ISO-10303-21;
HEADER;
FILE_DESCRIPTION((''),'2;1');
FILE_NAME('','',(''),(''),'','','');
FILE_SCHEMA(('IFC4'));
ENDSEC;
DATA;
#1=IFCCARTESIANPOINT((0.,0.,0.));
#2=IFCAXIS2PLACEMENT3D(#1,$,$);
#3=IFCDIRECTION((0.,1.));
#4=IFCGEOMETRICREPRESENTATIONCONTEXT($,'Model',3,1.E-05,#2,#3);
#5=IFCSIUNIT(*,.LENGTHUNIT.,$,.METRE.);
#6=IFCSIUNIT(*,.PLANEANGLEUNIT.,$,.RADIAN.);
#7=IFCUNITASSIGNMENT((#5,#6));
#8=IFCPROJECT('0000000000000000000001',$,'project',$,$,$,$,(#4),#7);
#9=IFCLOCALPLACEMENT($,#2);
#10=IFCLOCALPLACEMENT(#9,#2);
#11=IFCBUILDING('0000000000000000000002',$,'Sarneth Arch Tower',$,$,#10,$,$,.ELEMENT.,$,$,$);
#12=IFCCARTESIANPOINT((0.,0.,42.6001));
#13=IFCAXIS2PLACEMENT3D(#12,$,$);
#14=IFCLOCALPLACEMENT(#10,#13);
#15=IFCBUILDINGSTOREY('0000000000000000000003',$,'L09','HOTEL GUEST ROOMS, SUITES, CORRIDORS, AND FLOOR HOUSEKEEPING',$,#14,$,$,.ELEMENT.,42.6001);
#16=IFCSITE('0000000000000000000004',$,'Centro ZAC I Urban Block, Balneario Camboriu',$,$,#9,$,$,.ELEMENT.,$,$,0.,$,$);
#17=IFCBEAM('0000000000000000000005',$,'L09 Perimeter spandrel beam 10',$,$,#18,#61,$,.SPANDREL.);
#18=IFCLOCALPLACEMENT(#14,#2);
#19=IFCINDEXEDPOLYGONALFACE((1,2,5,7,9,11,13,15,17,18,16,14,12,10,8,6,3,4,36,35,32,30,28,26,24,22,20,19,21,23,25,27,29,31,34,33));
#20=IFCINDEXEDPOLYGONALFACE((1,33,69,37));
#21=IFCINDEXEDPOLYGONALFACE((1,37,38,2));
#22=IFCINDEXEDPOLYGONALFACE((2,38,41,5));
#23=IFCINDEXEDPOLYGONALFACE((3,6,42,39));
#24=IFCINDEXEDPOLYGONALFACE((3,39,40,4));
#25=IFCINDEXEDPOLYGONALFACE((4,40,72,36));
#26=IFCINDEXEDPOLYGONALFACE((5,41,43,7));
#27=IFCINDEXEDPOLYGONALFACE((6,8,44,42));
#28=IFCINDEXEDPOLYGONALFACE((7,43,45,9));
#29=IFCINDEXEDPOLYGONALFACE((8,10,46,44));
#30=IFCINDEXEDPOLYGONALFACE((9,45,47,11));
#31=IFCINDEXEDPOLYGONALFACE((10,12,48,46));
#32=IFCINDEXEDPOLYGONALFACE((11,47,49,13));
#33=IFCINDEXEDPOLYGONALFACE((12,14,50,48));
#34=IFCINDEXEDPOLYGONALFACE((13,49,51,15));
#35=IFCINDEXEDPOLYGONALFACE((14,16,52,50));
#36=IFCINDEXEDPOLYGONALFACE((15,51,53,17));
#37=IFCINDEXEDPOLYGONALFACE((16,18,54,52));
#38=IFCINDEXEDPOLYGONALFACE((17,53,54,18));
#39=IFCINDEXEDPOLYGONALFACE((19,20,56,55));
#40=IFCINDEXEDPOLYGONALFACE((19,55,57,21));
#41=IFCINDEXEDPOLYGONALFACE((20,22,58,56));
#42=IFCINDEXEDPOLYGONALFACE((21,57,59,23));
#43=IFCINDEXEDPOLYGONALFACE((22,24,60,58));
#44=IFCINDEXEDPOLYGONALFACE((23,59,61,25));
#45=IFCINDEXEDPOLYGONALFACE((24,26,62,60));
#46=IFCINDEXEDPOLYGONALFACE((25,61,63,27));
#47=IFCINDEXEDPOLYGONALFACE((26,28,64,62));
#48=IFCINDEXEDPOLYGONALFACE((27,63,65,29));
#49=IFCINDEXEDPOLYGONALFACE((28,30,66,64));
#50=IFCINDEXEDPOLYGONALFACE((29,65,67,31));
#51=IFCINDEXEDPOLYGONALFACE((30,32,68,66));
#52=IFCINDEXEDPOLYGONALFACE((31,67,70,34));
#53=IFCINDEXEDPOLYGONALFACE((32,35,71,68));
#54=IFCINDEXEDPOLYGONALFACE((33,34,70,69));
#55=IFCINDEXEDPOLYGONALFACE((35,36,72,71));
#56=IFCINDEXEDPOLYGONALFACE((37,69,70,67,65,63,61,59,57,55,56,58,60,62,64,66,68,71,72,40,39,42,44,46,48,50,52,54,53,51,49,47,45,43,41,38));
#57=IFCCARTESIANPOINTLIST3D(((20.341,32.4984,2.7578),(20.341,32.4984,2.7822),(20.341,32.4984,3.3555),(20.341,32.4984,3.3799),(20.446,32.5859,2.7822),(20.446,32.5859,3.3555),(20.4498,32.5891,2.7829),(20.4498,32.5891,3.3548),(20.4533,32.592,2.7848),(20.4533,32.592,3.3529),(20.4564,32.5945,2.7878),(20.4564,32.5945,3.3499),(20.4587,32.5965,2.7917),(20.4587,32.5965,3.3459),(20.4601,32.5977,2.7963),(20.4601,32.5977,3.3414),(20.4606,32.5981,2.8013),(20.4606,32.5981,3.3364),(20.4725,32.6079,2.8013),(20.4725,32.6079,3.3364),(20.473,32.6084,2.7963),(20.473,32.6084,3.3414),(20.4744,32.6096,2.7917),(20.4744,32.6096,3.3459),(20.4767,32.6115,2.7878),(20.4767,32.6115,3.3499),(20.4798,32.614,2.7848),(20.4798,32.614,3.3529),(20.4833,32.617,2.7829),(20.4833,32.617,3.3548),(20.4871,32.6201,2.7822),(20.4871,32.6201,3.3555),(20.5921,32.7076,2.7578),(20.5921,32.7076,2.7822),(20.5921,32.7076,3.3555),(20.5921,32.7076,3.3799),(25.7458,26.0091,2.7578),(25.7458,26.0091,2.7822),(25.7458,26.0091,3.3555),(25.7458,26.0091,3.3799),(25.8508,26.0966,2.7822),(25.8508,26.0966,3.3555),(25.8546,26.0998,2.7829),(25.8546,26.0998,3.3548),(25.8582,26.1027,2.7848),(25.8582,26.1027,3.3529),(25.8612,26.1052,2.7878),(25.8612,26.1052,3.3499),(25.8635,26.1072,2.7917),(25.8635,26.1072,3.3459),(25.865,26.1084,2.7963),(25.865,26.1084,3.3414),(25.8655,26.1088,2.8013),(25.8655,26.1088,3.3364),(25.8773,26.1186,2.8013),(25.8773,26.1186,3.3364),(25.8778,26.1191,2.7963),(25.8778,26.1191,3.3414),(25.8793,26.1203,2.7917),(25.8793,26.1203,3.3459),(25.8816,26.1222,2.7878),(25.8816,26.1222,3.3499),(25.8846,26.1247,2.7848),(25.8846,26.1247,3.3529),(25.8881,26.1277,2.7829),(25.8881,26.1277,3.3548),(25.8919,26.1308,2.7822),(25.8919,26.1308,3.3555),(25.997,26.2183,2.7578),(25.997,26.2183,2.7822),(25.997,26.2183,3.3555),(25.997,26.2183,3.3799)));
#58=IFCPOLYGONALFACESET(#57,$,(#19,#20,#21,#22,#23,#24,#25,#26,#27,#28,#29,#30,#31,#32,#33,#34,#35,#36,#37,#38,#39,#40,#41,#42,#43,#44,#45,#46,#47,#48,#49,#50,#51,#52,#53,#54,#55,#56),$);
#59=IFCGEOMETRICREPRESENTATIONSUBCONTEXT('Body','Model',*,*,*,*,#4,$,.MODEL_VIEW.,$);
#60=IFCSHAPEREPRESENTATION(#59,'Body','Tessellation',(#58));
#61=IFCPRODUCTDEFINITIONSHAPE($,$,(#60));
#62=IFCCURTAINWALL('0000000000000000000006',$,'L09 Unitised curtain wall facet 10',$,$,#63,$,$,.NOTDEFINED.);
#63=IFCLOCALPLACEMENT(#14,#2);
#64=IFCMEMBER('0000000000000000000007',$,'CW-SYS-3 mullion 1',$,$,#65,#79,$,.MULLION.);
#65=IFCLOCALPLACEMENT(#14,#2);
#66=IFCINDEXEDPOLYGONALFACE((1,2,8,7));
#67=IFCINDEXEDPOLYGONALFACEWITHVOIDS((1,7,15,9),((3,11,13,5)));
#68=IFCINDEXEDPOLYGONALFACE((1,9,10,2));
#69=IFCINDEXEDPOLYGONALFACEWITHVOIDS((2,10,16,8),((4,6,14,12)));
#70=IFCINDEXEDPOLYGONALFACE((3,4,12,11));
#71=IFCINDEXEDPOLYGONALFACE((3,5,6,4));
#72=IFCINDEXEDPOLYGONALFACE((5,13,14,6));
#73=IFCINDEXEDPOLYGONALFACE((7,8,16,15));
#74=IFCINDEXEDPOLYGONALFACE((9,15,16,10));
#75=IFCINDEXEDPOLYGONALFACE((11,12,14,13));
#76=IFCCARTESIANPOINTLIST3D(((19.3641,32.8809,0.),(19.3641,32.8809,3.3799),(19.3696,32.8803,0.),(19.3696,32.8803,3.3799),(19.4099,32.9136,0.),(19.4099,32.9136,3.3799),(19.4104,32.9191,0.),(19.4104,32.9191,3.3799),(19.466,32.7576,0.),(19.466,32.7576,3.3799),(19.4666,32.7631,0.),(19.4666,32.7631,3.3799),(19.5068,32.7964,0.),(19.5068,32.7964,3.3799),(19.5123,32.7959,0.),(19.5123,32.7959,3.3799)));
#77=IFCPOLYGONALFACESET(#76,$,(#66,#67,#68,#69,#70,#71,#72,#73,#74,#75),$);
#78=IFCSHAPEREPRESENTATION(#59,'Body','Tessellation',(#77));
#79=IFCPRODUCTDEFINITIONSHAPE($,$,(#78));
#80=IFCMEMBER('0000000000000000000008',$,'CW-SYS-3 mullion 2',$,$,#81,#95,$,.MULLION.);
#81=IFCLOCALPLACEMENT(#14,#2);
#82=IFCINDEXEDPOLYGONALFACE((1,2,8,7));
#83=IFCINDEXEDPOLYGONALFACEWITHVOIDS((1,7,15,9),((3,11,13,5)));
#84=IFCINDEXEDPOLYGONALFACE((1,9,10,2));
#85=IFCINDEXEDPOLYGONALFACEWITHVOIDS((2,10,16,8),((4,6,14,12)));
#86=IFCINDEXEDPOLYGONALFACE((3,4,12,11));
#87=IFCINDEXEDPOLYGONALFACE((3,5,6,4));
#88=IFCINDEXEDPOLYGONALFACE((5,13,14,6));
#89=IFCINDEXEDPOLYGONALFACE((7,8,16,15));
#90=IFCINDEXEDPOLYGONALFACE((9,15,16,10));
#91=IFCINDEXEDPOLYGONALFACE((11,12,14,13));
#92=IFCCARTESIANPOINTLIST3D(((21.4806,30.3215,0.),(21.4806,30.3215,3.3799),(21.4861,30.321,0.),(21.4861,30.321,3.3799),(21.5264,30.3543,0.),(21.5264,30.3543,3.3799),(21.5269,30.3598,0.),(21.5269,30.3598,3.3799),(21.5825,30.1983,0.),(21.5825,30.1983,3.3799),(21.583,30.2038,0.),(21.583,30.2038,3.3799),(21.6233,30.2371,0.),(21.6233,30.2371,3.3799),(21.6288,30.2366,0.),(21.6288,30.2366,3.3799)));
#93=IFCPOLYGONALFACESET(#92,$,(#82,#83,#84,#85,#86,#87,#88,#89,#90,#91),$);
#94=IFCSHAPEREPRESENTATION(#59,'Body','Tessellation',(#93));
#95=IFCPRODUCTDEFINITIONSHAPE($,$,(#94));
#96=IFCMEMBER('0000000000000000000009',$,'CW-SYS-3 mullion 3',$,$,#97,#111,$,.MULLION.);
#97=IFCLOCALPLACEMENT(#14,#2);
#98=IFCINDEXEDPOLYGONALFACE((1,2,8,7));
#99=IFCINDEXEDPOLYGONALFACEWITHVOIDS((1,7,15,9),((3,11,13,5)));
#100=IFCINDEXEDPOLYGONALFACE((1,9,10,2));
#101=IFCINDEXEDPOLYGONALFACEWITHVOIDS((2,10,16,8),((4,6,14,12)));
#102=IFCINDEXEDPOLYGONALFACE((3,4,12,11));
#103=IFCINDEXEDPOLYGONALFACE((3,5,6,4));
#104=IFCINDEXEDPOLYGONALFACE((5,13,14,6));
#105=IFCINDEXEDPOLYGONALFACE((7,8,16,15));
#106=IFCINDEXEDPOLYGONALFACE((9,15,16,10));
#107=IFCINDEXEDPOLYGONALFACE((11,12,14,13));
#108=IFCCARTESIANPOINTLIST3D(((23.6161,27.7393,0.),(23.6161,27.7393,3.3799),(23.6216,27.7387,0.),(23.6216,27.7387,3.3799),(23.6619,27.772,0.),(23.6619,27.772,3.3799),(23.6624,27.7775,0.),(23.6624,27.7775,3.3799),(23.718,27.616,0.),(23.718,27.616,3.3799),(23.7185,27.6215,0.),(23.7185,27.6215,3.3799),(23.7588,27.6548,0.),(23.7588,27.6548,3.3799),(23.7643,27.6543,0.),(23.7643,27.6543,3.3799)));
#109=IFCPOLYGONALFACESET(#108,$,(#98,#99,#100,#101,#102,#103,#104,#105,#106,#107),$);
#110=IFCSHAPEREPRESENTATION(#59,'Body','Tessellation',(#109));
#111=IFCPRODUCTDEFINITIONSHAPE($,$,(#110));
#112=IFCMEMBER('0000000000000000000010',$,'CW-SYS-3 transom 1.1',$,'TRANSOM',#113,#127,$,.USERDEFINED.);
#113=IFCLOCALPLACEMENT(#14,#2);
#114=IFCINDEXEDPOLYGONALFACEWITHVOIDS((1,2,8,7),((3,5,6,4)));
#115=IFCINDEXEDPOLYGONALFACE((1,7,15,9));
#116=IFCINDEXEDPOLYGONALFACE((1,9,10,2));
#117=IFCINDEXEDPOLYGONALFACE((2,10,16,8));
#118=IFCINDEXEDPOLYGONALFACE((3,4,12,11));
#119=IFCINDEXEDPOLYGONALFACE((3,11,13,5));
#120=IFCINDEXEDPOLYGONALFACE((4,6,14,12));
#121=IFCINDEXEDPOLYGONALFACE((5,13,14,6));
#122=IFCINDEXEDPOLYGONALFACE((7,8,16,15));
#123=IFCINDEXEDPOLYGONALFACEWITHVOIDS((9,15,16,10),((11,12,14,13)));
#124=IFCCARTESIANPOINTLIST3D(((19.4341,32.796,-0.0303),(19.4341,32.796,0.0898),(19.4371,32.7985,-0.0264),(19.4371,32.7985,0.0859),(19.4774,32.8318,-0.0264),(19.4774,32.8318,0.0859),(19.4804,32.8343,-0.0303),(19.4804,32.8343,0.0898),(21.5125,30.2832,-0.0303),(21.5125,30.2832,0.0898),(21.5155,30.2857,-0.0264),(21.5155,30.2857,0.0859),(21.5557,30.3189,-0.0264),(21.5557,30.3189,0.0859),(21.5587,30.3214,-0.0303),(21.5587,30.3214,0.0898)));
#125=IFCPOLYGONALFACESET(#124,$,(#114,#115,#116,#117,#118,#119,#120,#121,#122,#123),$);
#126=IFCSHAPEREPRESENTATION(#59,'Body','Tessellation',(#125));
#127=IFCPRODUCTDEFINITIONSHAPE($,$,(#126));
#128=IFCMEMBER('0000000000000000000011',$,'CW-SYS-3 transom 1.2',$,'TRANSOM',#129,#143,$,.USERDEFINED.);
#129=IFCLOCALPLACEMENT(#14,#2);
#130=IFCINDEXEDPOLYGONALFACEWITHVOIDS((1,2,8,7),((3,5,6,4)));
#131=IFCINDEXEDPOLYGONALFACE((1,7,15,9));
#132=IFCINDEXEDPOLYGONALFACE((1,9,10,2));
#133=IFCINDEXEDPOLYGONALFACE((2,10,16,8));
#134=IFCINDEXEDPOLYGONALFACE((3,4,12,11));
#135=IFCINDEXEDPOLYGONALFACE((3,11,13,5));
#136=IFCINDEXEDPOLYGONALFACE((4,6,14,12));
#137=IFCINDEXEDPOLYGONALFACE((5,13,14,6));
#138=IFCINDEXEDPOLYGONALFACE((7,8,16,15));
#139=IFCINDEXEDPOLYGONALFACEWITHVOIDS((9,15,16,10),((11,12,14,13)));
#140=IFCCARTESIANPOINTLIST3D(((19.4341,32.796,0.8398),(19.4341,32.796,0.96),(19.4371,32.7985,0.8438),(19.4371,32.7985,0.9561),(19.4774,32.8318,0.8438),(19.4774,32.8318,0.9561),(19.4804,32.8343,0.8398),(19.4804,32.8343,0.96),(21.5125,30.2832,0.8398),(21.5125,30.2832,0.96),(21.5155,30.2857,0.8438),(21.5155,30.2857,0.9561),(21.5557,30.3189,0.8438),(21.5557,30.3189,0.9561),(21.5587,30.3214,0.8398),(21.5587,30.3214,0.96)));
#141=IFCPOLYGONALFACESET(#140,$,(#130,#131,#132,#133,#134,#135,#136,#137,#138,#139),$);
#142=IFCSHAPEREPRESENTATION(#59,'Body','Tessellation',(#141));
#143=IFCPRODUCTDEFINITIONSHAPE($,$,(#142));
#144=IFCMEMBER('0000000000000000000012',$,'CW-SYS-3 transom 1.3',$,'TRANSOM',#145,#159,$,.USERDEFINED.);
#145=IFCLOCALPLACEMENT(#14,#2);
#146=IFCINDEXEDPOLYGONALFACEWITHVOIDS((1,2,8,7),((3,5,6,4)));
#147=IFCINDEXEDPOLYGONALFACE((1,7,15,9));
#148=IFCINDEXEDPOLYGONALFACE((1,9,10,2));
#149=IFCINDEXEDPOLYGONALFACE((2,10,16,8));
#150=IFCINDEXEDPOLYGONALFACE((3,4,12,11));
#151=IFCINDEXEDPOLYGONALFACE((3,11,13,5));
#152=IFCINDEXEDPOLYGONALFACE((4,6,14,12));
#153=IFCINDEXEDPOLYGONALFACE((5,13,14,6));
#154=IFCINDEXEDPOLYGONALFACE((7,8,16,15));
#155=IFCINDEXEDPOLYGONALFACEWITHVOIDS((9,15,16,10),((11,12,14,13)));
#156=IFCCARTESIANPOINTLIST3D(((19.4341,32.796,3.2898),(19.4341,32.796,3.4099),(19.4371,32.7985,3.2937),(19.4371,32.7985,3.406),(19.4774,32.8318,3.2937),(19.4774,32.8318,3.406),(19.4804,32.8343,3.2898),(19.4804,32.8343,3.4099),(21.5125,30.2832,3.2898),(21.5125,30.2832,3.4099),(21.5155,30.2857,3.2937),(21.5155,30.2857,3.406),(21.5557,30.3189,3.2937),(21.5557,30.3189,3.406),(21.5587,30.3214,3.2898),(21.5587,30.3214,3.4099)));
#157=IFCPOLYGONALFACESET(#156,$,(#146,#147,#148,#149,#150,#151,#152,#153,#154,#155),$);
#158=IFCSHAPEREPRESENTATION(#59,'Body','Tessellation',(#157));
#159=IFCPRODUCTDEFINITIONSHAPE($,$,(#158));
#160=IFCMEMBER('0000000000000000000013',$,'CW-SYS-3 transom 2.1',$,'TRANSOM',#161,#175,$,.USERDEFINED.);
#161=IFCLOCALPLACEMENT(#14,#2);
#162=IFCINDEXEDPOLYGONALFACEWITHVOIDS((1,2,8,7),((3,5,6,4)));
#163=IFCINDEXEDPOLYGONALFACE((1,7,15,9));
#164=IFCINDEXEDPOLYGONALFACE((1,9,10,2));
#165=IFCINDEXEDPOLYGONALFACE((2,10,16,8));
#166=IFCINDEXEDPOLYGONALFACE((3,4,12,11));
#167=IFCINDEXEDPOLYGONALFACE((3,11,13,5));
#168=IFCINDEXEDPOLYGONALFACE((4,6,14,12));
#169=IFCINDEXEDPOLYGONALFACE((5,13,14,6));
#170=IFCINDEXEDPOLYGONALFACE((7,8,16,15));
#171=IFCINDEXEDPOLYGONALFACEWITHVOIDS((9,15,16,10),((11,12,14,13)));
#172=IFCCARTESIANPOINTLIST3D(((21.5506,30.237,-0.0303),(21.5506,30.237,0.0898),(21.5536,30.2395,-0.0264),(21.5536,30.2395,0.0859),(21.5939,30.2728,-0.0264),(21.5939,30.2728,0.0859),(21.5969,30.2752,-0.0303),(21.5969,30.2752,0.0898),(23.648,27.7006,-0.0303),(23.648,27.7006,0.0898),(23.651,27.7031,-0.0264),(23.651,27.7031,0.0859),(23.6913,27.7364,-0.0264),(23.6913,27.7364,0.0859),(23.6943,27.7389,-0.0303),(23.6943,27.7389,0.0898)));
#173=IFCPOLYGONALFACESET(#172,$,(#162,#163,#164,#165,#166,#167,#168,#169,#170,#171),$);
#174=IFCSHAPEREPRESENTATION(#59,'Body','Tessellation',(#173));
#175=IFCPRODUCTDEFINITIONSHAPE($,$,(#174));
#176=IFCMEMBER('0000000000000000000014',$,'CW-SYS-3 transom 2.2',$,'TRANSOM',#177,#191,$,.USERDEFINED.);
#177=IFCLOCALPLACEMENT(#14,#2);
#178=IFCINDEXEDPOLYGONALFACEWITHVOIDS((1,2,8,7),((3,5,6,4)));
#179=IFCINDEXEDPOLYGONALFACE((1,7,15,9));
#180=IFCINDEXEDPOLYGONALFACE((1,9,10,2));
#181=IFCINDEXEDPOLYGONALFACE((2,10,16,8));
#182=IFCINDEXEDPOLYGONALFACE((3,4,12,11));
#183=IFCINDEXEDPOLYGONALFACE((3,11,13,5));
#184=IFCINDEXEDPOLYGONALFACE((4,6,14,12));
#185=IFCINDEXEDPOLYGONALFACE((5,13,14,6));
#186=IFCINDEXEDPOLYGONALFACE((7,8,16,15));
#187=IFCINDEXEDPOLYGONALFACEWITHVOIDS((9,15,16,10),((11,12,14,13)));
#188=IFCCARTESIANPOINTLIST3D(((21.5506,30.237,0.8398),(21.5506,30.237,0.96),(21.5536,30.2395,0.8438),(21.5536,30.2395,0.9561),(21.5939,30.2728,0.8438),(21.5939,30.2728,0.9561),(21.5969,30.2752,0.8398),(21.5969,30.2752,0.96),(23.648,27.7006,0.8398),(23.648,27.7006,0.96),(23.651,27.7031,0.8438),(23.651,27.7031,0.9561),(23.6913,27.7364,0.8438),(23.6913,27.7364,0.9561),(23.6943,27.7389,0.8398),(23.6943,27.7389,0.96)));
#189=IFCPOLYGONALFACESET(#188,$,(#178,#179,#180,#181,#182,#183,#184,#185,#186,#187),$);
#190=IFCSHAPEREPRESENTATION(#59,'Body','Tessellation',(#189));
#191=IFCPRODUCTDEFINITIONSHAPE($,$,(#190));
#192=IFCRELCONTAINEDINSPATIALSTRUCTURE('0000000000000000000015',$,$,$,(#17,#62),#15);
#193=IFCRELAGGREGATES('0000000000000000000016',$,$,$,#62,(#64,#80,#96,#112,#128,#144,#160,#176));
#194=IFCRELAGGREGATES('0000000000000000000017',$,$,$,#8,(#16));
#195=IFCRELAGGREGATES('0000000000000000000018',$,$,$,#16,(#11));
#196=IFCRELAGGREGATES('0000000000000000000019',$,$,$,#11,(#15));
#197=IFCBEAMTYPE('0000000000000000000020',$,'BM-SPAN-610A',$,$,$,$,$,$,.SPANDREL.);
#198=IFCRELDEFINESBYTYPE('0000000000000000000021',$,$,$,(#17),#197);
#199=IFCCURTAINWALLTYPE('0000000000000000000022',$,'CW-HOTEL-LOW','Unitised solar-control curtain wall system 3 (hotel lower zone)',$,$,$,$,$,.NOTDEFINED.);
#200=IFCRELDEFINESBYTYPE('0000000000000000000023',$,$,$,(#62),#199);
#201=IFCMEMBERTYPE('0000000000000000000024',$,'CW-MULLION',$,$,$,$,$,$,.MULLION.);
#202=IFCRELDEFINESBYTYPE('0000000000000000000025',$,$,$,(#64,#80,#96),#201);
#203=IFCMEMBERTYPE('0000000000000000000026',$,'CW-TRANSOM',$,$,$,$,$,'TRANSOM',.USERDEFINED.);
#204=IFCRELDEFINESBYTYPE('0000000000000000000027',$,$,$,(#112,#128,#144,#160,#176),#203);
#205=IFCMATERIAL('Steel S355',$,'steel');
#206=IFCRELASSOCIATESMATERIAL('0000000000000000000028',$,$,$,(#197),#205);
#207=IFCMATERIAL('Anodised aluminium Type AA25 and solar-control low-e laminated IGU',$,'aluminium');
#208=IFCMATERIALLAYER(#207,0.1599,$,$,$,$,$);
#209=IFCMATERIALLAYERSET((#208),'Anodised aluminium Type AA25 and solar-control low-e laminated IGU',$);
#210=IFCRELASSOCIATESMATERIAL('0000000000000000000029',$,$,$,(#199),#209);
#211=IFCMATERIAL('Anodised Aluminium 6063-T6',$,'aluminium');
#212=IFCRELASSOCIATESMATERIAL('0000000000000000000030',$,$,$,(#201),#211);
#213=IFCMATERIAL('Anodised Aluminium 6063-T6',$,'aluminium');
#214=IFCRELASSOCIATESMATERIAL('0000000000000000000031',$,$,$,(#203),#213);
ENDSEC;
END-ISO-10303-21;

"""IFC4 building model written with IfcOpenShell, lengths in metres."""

from ifc_helpers import new_model, si_unit, direction, frame, origin, origin_2d, place, context, subcontext, project, spatial, hollow_rectangle, i_section, extrude, material, layer, layer_set, material_profile, profile_set, type_object, element, aggregate, save


model = new_model("IFC4")

# Units and contexts
model_context = context("Model", 3, precision=1e-05, world=origin(), true_north=direction((0.0, 1.0)))
body_context = subcontext(model_context, "Body", "Model", "MODEL_VIEW")
ifc_project = project(units=[si_unit("LENGTHUNIT", "METRE"), si_unit("PLANEANGLEUNIT", "RADIAN")], contexts=[model_context])

# Site, building, storey
site_placement = place(None, origin())
site = spatial("IfcSite", under=ifc_project, at=site_placement, Name="Centro ZAC I Urban Block, Balneario Camboriu", CompositionType="ELEMENT", RefElevation=0.0)
building_placement = place(site_placement, origin())
building = spatial("IfcBuilding", under=site, at=building_placement, Name="Sarneth Arch Tower", CompositionType="ELEMENT")
storey_placement = place(building_placement, frame((0.0, 0.0, 42.6001)))
storey = spatial("IfcBuildingStorey", under=building, at=storey_placement, Name="L09", Description="HOTEL GUEST ROOMS, SUITES, CORRIDORS, AND FLOOR HOUSEKEEPING", CompositionType="ELEMENT", Elevation=42.6001)

# Beam
ifc_material_1 = material(Name="Steel S355", Category="steel")
ifc_material_profile_1 = material_profile(ifc_material_1, i_section(OverallWidth=0.3269, OverallDepth=0.6221, WebThickness=0.0154, FlangeThickness=0.0244, FilletRadius=0.019, at=origin_2d()), Name="W610x195")
ifc_profile_set_1 = profile_set([ifc_material_profile_1], Name="Steel S355")
beam_type_1 = type_object("IfcBeamType", Name="BM-SPAN-610A", PredefinedType="SPANDREL", material=ifc_profile_set_1)
beam_1_placement = place(storey_placement, frame((20.4666, 32.603, 3.0688), z_axis=(0.63998, -0.768392, 0.0), x_axis=(0.768392, 0.63998, 0.0)))
element("IfcBeam", 1, at=beam_1_placement, inside=storey, type_object=beam_type_1, Name="L09 Perimeter spandrel beam 10", PredefinedType="SPANDREL", context=body_context, shape_type="SweptSolid", body=[
    extrude(i_section(OverallWidth=0.3269, OverallDepth=0.6221, WebThickness=0.0154, FlangeThickness=0.0244, FilletRadius=0.019, at=origin_2d()), origin(), (0.0, 0.0, 1.0), 8.4453),
])

# Curtain wall, members
ifc_material_2 = material(Name="Anodised aluminium Type AA25 and solar-control low-e laminated IGU", Category="aluminium")
ifc_layer_1 = layer(ifc_material_2, 0.1599)
ifc_layer_set_1 = layer_set([ifc_layer_1], Name="Anodised aluminium Type AA25 and solar-control low-e laminated IGU")
curtain_wall_type = type_object("IfcCurtainWallType", Name="CW-HOTEL-LOW", Description="Unitised solar-control curtain wall system 3 (hotel lower zone)", PredefinedType="NOTDEFINED", material=ifc_layer_set_1)
curtain_wall_placement = place(storey_placement, origin())
curtain_wall = element("IfcCurtainWall", 2, at=curtain_wall_placement, inside=storey, type_object=curtain_wall_type, Name="L09 Unitised curtain wall facet 10", PredefinedType="NOTDEFINED")
ifc_material_3 = material(Name="Anodised Aluminium 6063-T6", Category="aluminium")
ifc_material_profile_2 = material_profile(ifc_material_3, hollow_rectangle(XDim=0.0601, YDim=0.1599, WallThickness=0.0039, at=origin_2d()), Name="AL-MULL-160x60x4")
ifc_profile_set_2 = profile_set([ifc_material_profile_2], Name="Anodised Aluminium 6063-T6")
member_type_1 = type_object("IfcMemberType", Name="CW-MULLION", PredefinedType="MULLION", material=ifc_profile_set_2)
member_1_placement = place(storey_placement, frame((19.4382, 32.8384, 0.0), z_axis=(0.0, 0.0, 1.0), x_axis=(0.770623, 0.637291, 0.0)))
member_1 = element("IfcMember", 3, at=member_1_placement, type_object=member_type_1, Name="CW-SYS-3 mullion 1", PredefinedType="MULLION", context=body_context, shape_type="SweptSolid", body=[
    extrude(hollow_rectangle(XDim=0.0601, YDim=0.1599, WallThickness=0.0039, at=origin_2d()), origin(), (0.0, 0.0, 1.0), 3.3799),
])
member_2_placement = place(storey_placement, frame((21.5547, 30.2791, 0.0), z_axis=(0.0, 0.0, 1.0), x_axis=(0.770623, 0.637291, 0.0)))
member_2 = element("IfcMember", 4, at=member_2_placement, type_object=member_type_1, Name="CW-SYS-3 mullion 2", PredefinedType="MULLION", context=body_context, shape_type="SweptSolid", body=[
    extrude(hollow_rectangle(XDim=0.0601, YDim=0.1599, WallThickness=0.0039, at=origin_2d()), origin(), (0.0, 0.0, 1.0), 3.3799),
])
member_3_placement = place(storey_placement, frame((23.6902, 27.6968, 0.0), z_axis=(0.0, 0.0, 1.0), x_axis=(0.770623, 0.637291, 0.0)))
member_3 = element("IfcMember", 5, at=member_3_placement, type_object=member_type_1, Name="CW-SYS-3 mullion 3", PredefinedType="MULLION", context=body_context, shape_type="SweptSolid", body=[
    extrude(hollow_rectangle(XDim=0.0601, YDim=0.1599, WallThickness=0.0039, at=origin_2d()), origin(), (0.0, 0.0, 1.0), 3.3799),
])
ifc_material_4 = material(Name="Anodised Aluminium 6063-T6", Category="aluminium")
ifc_material_profile_3 = material_profile(ifc_material_4, hollow_rectangle(XDim=0.0601, YDim=0.1201, WallThickness=0.0039, at=origin_2d()), Name="AL-TRAN-120x60x4")
ifc_profile_set_3 = profile_set([ifc_material_profile_3], Name="Anodised Aluminium 6063-T6")
member_type_2 = type_object("IfcMemberType", Name="CW-TRANSOM", ElementType="TRANSOM", PredefinedType="USERDEFINED", material=ifc_profile_set_3)
member_4_placement = place(storey_placement, frame((19.4573, 32.8152, 0.0298), z_axis=(0.63733, -0.770591, 0.0), x_axis=(0.770591, 0.63733, 0.0)))
member_4 = element("IfcMember", 6, at=member_4_placement, type_object=member_type_2, Name="CW-SYS-3 transom 1.1", ObjectType="TRANSOM", PredefinedType="USERDEFINED", context=body_context, shape_type="SweptSolid", body=[
    extrude(hollow_rectangle(XDim=0.0601, YDim=0.1201, WallThickness=0.0039, at=origin_2d()), origin(), (0.0, 0.0, 1.0), 3.261),
])
member_5_placement = place(storey_placement, frame((19.4573, 32.8152, 0.8999), z_axis=(0.63733, -0.770591, 0.0), x_axis=(0.770591, 0.63733, 0.0)))
member_5 = element("IfcMember", 7, at=member_5_placement, type_object=member_type_2, Name="CW-SYS-3 transom 1.2", ObjectType="TRANSOM", PredefinedType="USERDEFINED", context=body_context, shape_type="SweptSolid", body=[
    extrude(hollow_rectangle(XDim=0.0601, YDim=0.1201, WallThickness=0.0039, at=origin_2d()), origin(), (0.0, 0.0, 1.0), 3.261),
])
member_6_placement = place(storey_placement, frame((19.4573, 32.8152, 3.3499), z_axis=(0.63733, -0.770591, 0.0), x_axis=(0.770591, 0.63733, 0.0)))
member_6 = element("IfcMember", 8, at=member_6_placement, type_object=member_type_2, Name="CW-SYS-3 transom 1.3", ObjectType="TRANSOM", PredefinedType="USERDEFINED", context=body_context, shape_type="SweptSolid", body=[
    extrude(hollow_rectangle(XDim=0.0601, YDim=0.1201, WallThickness=0.0039, at=origin_2d()), origin(), (0.0, 0.0, 1.0), 3.261),
])
member_7_placement = place(storey_placement, frame((21.5737, 30.2561, 0.0298), z_axis=(0.637269, -0.770642, 0.0), x_axis=(0.770642, 0.637269, 0.0)))
member_7 = element("IfcMember", 9, at=member_7_placement, type_object=member_type_2, Name="CW-SYS-3 transom 2.1", ObjectType="TRANSOM", PredefinedType="USERDEFINED", context=body_context, shape_type="SweptSolid", body=[
    extrude(hollow_rectangle(XDim=0.0601, YDim=0.1201, WallThickness=0.0039, at=origin_2d()), origin(), (0.0, 0.0, 1.0), 3.2913),
])
member_8_placement = place(storey_placement, frame((21.5737, 30.2561, 0.8999), z_axis=(0.637269, -0.770642, 0.0), x_axis=(0.770642, 0.637269, 0.0)))
member_8 = element("IfcMember", 10, at=member_8_placement, type_object=member_type_2, Name="CW-SYS-3 transom 2.2", ObjectType="TRANSOM", PredefinedType="USERDEFINED", context=body_context, shape_type="SweptSolid", body=[
    extrude(hollow_rectangle(XDim=0.0601, YDim=0.1201, WallThickness=0.0039, at=origin_2d()), origin(), (0.0, 0.0, 1.0), 3.2913),
])
aggregate(curtain_wall, [member_1, member_2, member_3, member_4, member_5, member_6, member_7, member_8])

save(model, "model.ifc")
